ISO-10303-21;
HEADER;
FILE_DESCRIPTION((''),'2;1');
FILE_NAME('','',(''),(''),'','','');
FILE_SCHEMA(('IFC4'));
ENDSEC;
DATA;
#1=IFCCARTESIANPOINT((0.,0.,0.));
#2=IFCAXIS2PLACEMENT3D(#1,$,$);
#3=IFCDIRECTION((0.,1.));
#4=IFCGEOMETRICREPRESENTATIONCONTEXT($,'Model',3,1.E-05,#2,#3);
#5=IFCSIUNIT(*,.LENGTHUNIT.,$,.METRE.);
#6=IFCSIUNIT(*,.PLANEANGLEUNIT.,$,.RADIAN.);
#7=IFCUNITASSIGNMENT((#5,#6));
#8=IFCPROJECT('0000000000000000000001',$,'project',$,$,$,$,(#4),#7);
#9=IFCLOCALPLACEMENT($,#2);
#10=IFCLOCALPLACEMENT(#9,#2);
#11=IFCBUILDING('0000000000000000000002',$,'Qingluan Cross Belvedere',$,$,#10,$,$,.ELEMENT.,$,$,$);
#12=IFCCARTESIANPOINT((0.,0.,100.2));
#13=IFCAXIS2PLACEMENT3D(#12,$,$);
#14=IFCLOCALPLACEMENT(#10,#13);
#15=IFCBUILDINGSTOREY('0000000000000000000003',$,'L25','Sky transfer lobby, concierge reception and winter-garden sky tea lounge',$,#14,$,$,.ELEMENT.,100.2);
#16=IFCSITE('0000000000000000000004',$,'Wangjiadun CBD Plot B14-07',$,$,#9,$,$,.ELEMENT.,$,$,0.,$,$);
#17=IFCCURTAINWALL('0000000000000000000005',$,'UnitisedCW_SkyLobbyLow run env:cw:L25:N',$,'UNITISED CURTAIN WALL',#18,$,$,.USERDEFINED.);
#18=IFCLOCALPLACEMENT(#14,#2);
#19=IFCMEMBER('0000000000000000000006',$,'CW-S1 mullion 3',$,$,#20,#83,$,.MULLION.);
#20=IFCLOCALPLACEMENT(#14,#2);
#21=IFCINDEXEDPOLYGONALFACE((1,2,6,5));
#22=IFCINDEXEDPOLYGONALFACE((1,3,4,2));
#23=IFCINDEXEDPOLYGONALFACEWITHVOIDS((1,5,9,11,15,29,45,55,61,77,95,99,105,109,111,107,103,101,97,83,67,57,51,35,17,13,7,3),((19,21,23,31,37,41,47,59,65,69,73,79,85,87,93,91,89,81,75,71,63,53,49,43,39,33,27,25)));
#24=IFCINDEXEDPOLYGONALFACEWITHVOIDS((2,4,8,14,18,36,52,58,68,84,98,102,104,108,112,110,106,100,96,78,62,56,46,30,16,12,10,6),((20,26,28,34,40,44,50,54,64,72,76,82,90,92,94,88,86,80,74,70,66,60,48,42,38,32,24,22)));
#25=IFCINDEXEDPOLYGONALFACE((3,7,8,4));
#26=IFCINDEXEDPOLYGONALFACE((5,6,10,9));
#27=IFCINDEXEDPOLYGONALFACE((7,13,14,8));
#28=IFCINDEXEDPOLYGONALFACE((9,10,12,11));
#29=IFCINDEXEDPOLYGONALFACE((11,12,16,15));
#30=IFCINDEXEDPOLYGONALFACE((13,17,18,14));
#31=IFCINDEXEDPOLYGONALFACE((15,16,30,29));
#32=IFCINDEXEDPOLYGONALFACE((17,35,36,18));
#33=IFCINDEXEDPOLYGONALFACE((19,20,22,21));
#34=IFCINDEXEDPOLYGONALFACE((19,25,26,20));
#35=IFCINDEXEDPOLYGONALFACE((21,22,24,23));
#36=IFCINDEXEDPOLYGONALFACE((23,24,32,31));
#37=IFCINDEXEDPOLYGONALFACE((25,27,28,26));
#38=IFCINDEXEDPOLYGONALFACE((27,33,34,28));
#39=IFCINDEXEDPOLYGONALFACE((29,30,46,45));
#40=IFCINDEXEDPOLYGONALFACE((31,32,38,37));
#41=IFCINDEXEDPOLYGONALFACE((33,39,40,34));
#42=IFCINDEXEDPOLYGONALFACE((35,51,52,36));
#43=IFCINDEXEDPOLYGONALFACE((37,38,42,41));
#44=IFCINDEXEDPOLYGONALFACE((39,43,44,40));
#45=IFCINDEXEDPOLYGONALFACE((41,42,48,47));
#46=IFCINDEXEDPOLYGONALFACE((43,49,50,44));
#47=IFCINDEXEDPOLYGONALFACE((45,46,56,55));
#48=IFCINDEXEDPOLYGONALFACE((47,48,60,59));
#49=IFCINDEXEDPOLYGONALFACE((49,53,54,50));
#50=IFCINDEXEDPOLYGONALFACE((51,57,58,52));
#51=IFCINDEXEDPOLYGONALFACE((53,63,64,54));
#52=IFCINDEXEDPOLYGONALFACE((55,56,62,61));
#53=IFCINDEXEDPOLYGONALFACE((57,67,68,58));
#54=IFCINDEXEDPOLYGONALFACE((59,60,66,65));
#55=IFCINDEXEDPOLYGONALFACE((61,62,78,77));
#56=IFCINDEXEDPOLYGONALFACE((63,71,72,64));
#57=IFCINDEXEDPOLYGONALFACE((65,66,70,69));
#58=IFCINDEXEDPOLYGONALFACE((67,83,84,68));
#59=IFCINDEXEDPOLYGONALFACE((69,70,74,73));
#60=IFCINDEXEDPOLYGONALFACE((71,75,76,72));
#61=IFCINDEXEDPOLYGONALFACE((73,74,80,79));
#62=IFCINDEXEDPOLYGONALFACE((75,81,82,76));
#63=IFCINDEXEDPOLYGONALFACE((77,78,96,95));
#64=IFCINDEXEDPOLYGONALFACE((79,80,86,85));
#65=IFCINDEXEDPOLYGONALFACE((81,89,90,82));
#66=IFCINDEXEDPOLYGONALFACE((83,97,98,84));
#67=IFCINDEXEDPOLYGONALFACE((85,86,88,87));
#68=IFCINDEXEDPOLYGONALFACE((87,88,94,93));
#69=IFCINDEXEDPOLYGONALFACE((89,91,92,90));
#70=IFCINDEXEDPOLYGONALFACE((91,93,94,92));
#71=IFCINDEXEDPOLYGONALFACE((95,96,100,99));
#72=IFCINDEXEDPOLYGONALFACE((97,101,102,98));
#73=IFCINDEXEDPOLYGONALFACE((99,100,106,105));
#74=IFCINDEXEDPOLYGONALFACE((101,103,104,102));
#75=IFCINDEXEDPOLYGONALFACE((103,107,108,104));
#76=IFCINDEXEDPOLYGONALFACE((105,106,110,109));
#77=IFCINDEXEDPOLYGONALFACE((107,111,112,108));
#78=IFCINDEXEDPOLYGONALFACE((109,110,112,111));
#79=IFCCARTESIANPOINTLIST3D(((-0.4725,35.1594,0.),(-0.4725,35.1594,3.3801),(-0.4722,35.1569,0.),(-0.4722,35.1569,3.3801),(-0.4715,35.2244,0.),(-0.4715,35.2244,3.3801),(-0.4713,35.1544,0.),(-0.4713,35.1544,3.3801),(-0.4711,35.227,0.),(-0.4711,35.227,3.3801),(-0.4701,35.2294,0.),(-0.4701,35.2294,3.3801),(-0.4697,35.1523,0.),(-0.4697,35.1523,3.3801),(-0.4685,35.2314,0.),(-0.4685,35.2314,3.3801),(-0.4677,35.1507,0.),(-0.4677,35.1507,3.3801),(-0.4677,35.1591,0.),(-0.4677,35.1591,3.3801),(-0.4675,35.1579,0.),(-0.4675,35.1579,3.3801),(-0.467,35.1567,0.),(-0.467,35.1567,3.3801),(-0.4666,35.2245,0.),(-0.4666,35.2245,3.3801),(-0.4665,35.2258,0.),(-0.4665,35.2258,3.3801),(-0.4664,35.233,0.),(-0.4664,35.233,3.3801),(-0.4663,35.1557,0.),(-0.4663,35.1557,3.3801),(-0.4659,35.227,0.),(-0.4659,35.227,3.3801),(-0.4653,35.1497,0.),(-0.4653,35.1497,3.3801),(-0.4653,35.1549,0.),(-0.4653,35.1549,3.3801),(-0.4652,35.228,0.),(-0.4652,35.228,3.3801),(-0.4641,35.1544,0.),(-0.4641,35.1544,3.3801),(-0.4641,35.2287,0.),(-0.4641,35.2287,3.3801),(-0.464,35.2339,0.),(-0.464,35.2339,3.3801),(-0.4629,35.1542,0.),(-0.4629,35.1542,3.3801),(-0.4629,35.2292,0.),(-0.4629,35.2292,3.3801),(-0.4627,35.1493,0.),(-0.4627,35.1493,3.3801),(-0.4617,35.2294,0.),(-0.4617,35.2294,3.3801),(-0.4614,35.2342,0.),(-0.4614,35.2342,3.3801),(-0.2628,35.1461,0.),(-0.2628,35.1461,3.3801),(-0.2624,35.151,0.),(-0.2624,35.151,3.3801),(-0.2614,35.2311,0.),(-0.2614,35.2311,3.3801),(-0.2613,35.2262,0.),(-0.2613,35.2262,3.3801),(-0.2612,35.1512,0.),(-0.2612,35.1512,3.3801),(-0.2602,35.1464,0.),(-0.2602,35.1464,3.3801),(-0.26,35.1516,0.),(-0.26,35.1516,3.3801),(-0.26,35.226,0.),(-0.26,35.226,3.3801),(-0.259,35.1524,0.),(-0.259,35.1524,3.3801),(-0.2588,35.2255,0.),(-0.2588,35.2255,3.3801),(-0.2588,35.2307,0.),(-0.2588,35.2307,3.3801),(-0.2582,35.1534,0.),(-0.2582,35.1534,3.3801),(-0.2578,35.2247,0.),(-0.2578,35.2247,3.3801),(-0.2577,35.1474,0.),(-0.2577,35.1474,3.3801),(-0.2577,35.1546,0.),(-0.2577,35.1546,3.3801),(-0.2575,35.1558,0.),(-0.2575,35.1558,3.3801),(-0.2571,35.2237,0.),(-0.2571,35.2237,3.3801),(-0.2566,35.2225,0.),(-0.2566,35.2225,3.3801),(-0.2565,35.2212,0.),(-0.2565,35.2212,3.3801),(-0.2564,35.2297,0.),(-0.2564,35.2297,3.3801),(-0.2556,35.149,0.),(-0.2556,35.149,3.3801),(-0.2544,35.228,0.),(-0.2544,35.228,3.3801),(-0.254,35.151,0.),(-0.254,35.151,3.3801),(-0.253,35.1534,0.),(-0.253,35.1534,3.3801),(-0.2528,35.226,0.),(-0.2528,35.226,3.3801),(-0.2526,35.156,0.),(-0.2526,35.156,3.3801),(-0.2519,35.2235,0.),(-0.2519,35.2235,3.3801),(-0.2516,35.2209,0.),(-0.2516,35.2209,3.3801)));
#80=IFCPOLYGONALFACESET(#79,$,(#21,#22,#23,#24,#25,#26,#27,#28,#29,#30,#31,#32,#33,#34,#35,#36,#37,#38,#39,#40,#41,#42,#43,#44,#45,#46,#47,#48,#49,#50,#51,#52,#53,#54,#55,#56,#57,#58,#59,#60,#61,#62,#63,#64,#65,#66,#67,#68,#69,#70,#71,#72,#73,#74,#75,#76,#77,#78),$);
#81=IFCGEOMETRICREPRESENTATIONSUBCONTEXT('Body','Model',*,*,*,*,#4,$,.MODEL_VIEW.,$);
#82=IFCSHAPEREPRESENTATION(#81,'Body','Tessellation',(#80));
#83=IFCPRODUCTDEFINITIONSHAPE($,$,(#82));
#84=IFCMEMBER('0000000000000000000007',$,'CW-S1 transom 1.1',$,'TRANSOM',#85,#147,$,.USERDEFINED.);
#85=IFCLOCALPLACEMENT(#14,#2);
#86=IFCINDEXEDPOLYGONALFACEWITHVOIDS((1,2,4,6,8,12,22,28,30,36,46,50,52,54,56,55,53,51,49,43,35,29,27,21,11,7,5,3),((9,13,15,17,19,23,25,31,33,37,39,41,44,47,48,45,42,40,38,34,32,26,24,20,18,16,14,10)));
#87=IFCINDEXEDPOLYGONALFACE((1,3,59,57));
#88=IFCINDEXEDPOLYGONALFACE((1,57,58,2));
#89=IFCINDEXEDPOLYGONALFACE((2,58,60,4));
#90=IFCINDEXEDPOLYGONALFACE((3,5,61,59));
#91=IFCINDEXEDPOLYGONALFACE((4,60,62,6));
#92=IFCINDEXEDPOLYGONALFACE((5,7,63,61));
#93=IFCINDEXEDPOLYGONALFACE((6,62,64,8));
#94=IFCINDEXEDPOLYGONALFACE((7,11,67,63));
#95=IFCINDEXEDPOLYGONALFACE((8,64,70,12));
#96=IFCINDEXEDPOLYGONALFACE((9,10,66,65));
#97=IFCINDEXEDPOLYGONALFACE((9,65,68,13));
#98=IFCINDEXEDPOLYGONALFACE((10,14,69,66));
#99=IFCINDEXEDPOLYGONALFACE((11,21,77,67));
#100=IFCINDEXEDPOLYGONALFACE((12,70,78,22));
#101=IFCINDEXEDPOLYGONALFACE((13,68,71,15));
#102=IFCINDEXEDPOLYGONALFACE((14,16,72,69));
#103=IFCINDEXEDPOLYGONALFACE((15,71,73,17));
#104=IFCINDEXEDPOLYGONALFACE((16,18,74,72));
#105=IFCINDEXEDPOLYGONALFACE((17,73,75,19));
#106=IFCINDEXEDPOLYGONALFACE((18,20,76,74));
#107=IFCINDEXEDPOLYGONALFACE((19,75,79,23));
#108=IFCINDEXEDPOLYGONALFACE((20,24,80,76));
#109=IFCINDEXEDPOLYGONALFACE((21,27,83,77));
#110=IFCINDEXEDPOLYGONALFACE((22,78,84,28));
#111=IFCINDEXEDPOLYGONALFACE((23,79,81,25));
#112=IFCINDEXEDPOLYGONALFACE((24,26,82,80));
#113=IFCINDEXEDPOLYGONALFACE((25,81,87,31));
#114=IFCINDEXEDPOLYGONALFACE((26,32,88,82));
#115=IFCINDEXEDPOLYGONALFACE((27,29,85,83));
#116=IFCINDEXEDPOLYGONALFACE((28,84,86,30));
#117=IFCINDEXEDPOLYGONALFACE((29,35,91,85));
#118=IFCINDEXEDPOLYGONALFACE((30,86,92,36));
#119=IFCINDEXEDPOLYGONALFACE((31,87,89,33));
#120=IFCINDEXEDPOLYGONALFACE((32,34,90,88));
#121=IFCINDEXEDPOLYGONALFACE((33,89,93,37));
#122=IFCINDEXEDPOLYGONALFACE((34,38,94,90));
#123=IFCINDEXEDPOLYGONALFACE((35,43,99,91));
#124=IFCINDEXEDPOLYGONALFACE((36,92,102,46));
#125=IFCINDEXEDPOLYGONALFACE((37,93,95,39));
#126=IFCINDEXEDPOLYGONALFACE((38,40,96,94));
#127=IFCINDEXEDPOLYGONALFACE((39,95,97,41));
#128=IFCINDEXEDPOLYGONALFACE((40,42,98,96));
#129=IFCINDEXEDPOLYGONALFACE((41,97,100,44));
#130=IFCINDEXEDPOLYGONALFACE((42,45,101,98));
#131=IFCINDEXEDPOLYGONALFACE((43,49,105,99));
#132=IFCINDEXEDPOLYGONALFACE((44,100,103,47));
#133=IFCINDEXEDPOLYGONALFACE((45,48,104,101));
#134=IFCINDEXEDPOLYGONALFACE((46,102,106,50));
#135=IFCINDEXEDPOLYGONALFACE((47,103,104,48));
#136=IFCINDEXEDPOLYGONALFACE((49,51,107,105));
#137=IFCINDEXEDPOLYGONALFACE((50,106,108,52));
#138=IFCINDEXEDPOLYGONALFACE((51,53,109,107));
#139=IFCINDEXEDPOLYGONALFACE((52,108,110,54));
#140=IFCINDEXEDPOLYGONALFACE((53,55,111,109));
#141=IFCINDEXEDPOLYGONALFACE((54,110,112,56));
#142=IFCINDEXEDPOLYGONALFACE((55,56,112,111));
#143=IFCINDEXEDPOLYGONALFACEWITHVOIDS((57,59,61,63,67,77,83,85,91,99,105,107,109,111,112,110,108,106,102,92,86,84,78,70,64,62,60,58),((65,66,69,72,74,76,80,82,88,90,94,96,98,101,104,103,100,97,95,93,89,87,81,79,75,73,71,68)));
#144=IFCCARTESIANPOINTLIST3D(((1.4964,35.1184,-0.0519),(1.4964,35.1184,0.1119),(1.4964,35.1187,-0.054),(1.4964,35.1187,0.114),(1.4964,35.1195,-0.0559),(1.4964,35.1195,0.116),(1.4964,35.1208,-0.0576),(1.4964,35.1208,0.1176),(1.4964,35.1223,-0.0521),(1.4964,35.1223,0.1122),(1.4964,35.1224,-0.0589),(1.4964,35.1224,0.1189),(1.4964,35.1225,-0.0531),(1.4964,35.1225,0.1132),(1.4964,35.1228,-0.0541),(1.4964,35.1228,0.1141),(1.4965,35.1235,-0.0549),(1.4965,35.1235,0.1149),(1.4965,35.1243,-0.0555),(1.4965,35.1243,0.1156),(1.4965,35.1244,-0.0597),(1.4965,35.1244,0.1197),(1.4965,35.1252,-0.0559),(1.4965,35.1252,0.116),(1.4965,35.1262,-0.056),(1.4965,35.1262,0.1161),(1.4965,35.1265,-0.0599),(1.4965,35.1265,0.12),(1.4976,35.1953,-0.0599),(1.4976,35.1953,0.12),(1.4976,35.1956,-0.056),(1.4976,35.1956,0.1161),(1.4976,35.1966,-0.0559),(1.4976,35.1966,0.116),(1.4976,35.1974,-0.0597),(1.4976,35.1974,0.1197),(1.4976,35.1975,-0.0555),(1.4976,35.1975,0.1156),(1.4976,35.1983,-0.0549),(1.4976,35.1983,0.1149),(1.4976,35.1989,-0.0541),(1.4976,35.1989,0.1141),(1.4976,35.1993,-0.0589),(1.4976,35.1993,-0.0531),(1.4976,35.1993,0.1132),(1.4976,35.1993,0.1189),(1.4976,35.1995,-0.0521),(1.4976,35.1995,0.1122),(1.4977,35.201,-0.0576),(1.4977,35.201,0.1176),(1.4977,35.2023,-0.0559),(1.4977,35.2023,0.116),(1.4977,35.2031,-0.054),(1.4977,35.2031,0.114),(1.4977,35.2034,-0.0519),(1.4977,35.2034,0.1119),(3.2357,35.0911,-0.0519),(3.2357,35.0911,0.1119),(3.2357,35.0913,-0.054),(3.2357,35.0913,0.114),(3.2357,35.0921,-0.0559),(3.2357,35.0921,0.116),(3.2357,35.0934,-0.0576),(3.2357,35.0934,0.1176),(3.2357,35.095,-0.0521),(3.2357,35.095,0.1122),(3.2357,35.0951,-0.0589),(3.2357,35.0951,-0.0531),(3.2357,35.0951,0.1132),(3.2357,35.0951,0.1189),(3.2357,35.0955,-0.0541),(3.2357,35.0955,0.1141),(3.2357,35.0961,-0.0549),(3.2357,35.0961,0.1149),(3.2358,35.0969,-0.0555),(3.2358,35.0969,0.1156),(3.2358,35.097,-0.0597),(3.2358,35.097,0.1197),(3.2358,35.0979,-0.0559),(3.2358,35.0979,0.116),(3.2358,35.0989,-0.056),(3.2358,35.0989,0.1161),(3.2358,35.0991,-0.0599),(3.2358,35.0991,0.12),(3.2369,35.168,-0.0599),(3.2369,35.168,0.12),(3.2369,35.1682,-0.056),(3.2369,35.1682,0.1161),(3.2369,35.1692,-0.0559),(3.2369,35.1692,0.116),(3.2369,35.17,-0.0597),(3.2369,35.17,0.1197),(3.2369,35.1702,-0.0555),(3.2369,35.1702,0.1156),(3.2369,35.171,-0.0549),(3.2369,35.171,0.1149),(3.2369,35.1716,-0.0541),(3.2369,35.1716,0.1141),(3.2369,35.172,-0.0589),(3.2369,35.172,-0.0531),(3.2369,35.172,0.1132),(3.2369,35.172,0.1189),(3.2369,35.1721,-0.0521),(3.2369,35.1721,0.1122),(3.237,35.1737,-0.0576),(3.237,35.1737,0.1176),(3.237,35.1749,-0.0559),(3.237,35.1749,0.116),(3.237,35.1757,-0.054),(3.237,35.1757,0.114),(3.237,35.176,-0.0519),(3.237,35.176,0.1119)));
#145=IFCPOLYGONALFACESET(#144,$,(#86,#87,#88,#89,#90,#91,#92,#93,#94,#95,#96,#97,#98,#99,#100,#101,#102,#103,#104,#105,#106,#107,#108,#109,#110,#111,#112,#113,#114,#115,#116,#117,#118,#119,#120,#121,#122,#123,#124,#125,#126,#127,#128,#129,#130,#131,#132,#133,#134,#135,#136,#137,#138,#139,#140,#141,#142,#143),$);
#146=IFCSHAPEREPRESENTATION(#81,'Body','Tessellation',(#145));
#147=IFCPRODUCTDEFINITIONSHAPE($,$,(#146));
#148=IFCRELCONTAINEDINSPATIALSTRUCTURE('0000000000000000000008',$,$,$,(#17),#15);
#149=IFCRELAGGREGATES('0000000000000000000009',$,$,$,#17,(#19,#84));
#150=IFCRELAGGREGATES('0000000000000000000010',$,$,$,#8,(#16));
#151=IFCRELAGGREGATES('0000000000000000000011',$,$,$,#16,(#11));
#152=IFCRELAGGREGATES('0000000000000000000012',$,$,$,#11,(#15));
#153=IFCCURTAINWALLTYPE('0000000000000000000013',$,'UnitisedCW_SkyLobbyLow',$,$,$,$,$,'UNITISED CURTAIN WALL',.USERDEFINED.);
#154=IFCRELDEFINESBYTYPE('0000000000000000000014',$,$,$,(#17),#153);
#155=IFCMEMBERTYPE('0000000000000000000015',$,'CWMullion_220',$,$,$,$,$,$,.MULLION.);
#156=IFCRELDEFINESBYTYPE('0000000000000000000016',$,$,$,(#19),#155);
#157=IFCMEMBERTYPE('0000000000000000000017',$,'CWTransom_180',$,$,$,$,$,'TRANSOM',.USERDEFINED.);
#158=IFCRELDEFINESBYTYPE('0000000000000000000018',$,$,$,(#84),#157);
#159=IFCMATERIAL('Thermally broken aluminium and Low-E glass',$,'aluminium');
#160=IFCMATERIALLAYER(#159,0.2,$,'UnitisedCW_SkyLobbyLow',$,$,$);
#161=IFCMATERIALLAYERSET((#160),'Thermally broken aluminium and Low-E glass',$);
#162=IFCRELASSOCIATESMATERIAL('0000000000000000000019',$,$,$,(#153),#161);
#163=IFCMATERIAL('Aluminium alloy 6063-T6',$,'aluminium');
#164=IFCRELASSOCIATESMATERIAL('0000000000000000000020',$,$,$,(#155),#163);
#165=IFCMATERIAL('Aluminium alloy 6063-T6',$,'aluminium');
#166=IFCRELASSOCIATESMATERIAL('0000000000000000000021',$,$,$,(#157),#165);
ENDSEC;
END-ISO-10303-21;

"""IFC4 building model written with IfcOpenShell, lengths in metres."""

from ifc_helpers import new_model, si_unit, direction, frame, origin, origin_2d, place, context, subcontext, project, spatial, hollow_rectangle, extrude, material, layer, layer_set, material_profile, profile_set, type_object, element, aggregate, save


model = new_model("IFC4")

# Units and contexts
model_context = context("Model", 3, precision=1e-05, world=origin(), true_north=direction((0.0, 1.0)))
body_context = subcontext(model_context, "Body", "Model", "MODEL_VIEW")
ifc_project = project(units=[si_unit("LENGTHUNIT", "METRE"), si_unit("PLANEANGLEUNIT", "RADIAN")], contexts=[model_context])

# Site, building, storey
site_placement = place(None, origin())
site = spatial("IfcSite", under=ifc_project, at=site_placement, Name="Wangjiadun CBD Plot B14-07", CompositionType="ELEMENT", RefElevation=0.0)
building_placement = place(site_placement, origin())
building = spatial("IfcBuilding", under=site, at=building_placement, Name="Qingluan Cross Belvedere", CompositionType="ELEMENT")
storey_placement = place(building_placement, frame((0.0, 0.0, 100.2)))
storey = spatial("IfcBuildingStorey", under=building, at=storey_placement, Name="L25", Description="Sky transfer lobby, concierge reception and winter-garden sky tea lounge", CompositionType="ELEMENT", Elevation=100.2)

# Curtain wall, members
ifc_material_1 = material(Name="Thermally broken aluminium and Low-E glass", Category="aluminium")
ifc_layer_1 = layer(ifc_material_1, 0.2, Name="UnitisedCW_SkyLobbyLow")
ifc_layer_set_1 = layer_set([ifc_layer_1], Name="Thermally broken aluminium and Low-E glass")
curtain_wall_type = type_object("IfcCurtainWallType", Name="UnitisedCW_SkyLobbyLow", ElementType="UNITISED CURTAIN WALL", PredefinedType="USERDEFINED", material=ifc_layer_set_1)
curtain_wall_placement = place(storey_placement, origin())
curtain_wall = element("IfcCurtainWall", 1, at=curtain_wall_placement, inside=storey, type_object=curtain_wall_type, Name="UnitisedCW_SkyLobbyLow run env:cw:L25:N", ObjectType="UNITISED CURTAIN WALL", PredefinedType="USERDEFINED")
ifc_material_2 = material(Name="Aluminium alloy 6063-T6", Category="aluminium")
ifc_material_profile_1 = material_profile(ifc_material_2, hollow_rectangle(XDim=0.085, YDim=0.22, WallThickness=0.0049, InnerFilletRadius=0.0049, OuterFilletRadius=0.01, at=origin_2d()), Name="CWM220x85x5")
ifc_profile_set_1 = profile_set([ifc_material_profile_1], Name="Aluminium alloy 6063-T6")
member_type_1 = type_object("IfcMemberType", Name="CWMullion_220", PredefinedType="MULLION", material=ifc_profile_set_1)
member_1_placement = place(storey_placement, frame((-0.3621, 35.1902, 0.0), z_axis=(0.0, 0.0, 1.0), x_axis=(-0.015707, -0.999877, 0.0)))
member_1 = element("IfcMember", 2, at=member_1_placement, type_object=member_type_1, Name="CW-S1 mullion 3", PredefinedType="MULLION", context=body_context, shape_type="SweptSolid", body=[
    extrude(hollow_rectangle(XDim=0.085, YDim=0.22, WallThickness=0.0049, InnerFilletRadius=0.0049, OuterFilletRadius=0.01, at=origin_2d()), origin(), (0.0, 0.0, 1.0), 3.3801),
])
ifc_material_3 = material(Name="Aluminium alloy 6063-T6", Category="aluminium")
ifc_material_profile_2 = material_profile(ifc_material_3, hollow_rectangle(XDim=0.085, YDim=0.1799, WallThickness=0.0039, InnerFilletRadius=0.0039, OuterFilletRadius=0.0081, at=origin_2d()), Name="CWT180x85x4")
ifc_profile_set_2 = profile_set([ifc_material_profile_2], Name="Aluminium alloy 6063-T6")
member_type_2 = type_object("IfcMemberType", Name="CWTransom_180", ElementType="TRANSOM", PredefinedType="USERDEFINED", material=ifc_profile_set_2)
member_2_placement = place(storey_placement, frame((3.2363, 35.1335, 0.03), z_axis=(-0.999876, 0.01572, 0.0), x_axis=(-0.01572, -0.999876, 0.0)))
member_2 = element("IfcMember", 3, at=member_2_placement, type_object=member_type_2, Name="CW-S1 transom 1.1", ObjectType="TRANSOM", PredefinedType="USERDEFINED", context=body_context, shape_type="SweptSolid", body=[
    extrude(hollow_rectangle(XDim=0.085, YDim=0.1799, WallThickness=0.0039, InnerFilletRadius=0.0039, OuterFilletRadius=0.0081, at=origin_2d()), origin(), (0.0, 0.0, 1.0), 1.7395),
])
aggregate(curtain_wall, [member_1, member_2])

save(model, "model.ifc")
